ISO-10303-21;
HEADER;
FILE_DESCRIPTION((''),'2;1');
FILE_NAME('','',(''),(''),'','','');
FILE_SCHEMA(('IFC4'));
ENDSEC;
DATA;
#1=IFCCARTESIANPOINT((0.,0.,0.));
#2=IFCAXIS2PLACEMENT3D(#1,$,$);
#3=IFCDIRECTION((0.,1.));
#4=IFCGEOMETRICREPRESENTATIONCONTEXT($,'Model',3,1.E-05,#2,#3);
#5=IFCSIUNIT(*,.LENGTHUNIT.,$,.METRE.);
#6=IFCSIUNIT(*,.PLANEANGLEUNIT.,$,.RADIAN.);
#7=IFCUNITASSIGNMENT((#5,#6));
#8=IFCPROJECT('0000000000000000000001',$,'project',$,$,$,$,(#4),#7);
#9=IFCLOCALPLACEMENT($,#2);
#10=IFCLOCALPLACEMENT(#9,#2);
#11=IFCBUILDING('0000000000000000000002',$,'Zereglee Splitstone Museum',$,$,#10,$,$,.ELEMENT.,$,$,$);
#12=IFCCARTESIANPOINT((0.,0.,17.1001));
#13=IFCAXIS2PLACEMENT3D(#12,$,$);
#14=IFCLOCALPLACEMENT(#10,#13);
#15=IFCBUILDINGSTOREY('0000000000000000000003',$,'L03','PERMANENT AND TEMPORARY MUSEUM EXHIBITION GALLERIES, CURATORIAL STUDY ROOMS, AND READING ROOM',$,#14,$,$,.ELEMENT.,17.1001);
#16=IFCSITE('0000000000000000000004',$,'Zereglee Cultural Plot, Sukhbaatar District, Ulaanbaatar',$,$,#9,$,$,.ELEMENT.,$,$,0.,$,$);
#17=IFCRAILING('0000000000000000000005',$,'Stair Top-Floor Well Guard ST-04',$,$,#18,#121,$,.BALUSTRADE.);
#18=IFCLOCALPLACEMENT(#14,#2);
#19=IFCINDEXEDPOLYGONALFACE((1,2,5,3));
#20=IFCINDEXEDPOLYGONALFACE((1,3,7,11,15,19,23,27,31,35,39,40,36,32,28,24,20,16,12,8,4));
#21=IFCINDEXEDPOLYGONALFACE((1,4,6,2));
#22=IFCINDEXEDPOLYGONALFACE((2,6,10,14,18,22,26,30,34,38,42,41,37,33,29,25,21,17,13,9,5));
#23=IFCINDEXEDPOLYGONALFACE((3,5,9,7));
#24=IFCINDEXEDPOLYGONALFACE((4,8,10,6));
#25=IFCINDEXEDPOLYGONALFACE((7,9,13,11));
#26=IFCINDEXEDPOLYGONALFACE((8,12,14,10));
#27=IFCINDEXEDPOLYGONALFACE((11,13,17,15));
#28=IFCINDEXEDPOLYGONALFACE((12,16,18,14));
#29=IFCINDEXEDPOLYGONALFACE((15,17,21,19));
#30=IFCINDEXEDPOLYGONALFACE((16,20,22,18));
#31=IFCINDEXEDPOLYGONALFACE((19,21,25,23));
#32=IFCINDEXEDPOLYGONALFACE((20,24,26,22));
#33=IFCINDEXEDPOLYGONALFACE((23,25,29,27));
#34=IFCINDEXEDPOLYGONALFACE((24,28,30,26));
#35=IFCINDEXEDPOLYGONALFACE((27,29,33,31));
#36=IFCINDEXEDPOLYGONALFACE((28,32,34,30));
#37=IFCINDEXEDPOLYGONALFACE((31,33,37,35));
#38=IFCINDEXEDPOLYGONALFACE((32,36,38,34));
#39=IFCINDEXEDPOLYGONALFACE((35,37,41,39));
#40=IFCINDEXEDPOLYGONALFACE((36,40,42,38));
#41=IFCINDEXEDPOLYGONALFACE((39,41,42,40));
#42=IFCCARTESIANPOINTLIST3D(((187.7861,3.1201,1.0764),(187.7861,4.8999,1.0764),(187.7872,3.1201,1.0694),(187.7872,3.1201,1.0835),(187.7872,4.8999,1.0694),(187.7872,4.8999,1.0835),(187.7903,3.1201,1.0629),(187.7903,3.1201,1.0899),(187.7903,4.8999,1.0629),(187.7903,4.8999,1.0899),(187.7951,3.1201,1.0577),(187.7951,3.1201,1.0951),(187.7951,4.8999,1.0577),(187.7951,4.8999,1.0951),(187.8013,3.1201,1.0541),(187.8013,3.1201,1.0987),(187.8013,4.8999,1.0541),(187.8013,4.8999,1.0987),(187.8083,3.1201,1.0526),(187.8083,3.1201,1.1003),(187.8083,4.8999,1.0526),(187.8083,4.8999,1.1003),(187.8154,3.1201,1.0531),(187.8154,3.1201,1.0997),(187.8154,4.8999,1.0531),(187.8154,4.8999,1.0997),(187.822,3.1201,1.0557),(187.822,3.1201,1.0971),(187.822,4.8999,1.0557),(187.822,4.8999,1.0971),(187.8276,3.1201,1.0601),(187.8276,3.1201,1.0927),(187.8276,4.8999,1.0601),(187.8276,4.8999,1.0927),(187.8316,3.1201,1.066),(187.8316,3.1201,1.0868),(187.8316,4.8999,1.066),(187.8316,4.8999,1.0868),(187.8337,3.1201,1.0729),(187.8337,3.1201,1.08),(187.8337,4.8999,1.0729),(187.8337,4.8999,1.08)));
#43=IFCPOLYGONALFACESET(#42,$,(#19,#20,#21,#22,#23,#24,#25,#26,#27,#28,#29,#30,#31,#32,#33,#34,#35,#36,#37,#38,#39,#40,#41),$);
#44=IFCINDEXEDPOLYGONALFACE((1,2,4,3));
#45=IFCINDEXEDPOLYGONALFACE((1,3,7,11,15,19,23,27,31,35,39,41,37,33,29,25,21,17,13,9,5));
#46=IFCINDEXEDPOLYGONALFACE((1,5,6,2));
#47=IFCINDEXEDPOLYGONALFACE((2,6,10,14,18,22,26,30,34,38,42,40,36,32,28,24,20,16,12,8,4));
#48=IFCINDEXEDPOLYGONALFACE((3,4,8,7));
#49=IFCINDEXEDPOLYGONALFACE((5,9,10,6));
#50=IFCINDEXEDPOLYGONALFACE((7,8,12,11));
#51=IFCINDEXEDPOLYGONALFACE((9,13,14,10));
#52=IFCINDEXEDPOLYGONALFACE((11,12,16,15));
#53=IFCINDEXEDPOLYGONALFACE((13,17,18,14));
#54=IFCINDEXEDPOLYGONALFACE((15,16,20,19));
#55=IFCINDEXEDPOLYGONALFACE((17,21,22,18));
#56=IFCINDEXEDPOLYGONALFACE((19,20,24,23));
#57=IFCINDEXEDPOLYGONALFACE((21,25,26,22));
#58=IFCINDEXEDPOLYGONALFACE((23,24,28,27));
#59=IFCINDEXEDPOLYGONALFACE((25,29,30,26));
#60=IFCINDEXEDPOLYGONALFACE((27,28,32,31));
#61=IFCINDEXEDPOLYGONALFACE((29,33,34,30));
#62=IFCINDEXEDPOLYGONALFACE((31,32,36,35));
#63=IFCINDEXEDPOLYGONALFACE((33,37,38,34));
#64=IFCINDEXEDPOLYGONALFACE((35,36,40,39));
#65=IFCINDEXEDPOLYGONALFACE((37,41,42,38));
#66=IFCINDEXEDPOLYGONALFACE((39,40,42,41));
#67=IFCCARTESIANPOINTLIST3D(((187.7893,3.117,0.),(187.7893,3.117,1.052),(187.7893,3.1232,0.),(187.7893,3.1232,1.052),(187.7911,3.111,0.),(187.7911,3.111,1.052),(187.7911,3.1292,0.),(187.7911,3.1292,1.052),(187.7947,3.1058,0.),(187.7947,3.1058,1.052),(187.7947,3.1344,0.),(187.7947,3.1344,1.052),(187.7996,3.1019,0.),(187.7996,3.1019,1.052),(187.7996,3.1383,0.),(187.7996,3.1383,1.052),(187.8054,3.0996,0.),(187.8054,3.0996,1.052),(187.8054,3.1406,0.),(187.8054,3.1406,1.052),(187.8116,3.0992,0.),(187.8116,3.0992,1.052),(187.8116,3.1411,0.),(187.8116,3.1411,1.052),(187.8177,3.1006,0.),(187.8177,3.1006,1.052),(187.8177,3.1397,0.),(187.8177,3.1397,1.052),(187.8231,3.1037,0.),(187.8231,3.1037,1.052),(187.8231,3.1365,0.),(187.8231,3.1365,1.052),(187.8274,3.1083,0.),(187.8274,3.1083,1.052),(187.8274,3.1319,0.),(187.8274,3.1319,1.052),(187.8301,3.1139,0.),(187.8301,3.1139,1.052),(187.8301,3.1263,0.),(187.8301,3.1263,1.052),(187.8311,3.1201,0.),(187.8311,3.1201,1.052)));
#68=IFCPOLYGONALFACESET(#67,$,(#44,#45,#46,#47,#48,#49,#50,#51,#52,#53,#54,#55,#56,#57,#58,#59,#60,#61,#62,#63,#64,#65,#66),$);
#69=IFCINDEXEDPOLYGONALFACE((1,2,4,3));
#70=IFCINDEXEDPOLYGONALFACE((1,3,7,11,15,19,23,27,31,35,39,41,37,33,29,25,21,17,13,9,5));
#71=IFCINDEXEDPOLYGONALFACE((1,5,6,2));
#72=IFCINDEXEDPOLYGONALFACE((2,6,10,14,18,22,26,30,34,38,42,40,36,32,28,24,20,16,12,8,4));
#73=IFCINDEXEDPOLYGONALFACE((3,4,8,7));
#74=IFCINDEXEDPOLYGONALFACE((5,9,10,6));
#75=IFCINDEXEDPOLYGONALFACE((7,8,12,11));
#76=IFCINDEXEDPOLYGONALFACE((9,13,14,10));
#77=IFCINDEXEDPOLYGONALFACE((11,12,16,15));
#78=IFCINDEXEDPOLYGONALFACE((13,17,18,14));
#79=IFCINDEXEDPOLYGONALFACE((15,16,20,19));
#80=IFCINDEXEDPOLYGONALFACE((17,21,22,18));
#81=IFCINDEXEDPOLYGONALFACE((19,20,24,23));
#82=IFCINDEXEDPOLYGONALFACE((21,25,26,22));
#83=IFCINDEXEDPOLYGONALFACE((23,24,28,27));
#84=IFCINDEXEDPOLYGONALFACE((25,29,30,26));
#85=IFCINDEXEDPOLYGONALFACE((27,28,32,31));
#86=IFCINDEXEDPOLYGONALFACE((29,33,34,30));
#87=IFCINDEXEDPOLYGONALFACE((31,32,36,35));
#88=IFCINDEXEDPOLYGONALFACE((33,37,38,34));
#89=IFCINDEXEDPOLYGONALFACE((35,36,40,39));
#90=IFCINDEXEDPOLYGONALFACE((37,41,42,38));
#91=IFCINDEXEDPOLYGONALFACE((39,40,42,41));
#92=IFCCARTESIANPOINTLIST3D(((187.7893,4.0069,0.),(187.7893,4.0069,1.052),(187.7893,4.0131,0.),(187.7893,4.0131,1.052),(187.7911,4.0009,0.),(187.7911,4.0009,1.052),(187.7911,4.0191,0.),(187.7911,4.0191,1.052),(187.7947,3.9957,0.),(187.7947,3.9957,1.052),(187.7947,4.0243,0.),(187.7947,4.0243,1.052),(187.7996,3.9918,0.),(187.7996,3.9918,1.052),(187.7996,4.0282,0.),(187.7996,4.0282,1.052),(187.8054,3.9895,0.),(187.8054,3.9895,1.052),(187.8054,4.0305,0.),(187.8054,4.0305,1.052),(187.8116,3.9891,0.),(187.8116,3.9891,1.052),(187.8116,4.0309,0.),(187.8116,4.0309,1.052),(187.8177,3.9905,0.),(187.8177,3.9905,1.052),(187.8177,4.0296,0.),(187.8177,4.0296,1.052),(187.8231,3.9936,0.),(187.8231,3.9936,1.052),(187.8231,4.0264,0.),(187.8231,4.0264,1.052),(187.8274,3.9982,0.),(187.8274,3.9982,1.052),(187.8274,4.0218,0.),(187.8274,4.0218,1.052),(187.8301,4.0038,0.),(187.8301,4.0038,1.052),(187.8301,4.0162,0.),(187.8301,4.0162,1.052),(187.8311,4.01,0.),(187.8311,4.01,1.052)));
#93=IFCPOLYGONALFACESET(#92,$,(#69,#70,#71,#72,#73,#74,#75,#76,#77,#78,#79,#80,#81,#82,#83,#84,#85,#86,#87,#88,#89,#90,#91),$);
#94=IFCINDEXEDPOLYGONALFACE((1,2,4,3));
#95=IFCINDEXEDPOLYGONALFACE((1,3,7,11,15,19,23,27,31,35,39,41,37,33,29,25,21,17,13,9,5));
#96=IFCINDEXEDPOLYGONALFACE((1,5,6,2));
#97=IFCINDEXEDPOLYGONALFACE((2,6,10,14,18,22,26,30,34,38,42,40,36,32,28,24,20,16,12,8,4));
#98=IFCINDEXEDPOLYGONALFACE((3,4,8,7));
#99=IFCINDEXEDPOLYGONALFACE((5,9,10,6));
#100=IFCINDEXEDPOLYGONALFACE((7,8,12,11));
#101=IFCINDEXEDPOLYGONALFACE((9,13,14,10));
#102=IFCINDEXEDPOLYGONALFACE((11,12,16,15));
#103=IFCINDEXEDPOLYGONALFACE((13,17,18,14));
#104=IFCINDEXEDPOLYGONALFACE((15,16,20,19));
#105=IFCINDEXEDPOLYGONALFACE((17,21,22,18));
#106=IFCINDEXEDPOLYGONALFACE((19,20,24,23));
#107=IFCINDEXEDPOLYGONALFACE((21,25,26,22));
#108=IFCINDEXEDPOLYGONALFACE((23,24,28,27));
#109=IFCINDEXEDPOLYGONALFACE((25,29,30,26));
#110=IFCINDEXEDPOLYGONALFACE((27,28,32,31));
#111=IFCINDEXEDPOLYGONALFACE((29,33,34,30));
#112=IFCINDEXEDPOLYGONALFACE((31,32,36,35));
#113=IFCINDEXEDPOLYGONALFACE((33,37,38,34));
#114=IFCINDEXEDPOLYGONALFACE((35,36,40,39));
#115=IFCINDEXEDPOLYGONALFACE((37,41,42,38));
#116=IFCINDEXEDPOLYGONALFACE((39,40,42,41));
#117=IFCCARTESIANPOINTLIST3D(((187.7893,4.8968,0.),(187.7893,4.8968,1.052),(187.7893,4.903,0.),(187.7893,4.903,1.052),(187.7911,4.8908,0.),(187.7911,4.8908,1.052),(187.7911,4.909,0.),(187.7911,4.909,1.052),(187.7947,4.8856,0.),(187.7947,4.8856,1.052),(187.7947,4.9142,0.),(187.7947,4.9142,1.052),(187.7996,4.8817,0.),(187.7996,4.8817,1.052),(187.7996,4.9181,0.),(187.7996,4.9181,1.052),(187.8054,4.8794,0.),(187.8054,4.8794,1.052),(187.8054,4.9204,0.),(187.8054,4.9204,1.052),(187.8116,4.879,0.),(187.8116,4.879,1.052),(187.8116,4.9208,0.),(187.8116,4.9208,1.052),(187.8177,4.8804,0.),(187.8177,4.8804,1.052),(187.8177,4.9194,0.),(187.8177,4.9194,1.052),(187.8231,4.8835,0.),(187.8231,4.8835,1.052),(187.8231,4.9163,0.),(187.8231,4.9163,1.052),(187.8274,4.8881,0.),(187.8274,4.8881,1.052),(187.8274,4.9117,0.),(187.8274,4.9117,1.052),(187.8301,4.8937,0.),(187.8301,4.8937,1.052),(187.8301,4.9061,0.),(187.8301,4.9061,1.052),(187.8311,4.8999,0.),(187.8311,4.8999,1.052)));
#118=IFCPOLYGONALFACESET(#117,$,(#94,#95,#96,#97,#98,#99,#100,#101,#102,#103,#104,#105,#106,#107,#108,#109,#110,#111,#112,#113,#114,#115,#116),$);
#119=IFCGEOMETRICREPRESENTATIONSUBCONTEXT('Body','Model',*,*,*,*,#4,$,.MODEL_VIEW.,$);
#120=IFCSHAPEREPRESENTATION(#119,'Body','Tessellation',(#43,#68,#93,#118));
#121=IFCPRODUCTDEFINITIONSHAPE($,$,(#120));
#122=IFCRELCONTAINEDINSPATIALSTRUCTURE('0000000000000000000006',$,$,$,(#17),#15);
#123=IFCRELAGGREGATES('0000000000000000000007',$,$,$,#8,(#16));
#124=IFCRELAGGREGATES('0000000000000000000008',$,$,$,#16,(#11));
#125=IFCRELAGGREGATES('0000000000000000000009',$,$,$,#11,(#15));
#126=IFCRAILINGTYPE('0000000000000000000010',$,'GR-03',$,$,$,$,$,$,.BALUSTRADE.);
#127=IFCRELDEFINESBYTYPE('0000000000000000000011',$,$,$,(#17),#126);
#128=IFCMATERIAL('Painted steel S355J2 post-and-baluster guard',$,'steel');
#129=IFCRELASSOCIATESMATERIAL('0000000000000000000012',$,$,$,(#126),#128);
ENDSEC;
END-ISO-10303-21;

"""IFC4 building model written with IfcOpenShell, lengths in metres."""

from ifc_helpers import new_model, si_unit, direction, frame, origin, origin_2d, place, context, subcontext, project, spatial, circle, extrude, material, type_object, element, save


model = new_model("IFC4")

# Units and contexts
model_context = context("Model", 3, precision=1e-05, world=origin(), true_north=direction((0.0, 1.0)))
body_context = subcontext(model_context, "Body", "Model", "MODEL_VIEW")
ifc_project = project(units=[si_unit("LENGTHUNIT", "METRE"), si_unit("PLANEANGLEUNIT", "RADIAN")], contexts=[model_context])

# Site, building, storey
site_placement = place(None, origin())
site = spatial("IfcSite", under=ifc_project, at=site_placement, Name="Zereglee Cultural Plot, Sukhbaatar District, Ulaanbaatar", CompositionType="ELEMENT", RefElevation=0.0)
building_placement = place(site_placement, origin())
building = spatial("IfcBuilding", under=site, at=building_placement, Name="Zereglee Splitstone Museum", CompositionType="ELEMENT")
storey_placement = place(building_placement, frame((0.0, 0.0, 17.1001)))
storey = spatial("IfcBuildingStorey", under=building, at=storey_placement, Name="L03", Description="PERMANENT AND TEMPORARY MUSEUM EXHIBITION GALLERIES, CURATORIAL STUDY ROOMS, AND READING ROOM", CompositionType="ELEMENT", Elevation=17.1001)

# Railing
ifc_material_1 = material(Name="Painted steel S355J2 post-and-baluster guard", Category="steel")
railing_type = type_object("IfcRailingType", Name="GR-03", PredefinedType="BALUSTRADE", material=ifc_material_1)
railing_placement = place(storey_placement, frame((187.8101, 3.1201, 0.0)))
element("IfcRailing", 1, at=railing_placement, inside=storey, type_object=railing_type, Name="Stair Top-Floor Well Guard ST-04", PredefinedType="BALUSTRADE", context=body_context, shape_type="SweptSolid", body=[
    extrude(circle(Radius=0.0239, at=origin_2d()), frame((0.0, 0.0, 1.0764), z_axis=(0.0, 1.0, 0.0), x_axis=(-1.0, 0.0, 0.0)), (0.0, 0.0, 1.0), 1.7798),
    extrude(circle(Radius=0.021, at=origin_2d()), origin(), (0.0, 0.0, 1.0), 1.052),
    extrude(circle(Radius=0.021, at=origin_2d()), frame((0.0, 0.8899, 0.0)), (0.0, 0.0, 1.0), 1.052),
    extrude(circle(Radius=0.021, at=origin_2d()), frame((0.0, 1.7798, 0.0)), (0.0, 0.0, 1.0), 1.052),
])

save(model, "model.ifc")
